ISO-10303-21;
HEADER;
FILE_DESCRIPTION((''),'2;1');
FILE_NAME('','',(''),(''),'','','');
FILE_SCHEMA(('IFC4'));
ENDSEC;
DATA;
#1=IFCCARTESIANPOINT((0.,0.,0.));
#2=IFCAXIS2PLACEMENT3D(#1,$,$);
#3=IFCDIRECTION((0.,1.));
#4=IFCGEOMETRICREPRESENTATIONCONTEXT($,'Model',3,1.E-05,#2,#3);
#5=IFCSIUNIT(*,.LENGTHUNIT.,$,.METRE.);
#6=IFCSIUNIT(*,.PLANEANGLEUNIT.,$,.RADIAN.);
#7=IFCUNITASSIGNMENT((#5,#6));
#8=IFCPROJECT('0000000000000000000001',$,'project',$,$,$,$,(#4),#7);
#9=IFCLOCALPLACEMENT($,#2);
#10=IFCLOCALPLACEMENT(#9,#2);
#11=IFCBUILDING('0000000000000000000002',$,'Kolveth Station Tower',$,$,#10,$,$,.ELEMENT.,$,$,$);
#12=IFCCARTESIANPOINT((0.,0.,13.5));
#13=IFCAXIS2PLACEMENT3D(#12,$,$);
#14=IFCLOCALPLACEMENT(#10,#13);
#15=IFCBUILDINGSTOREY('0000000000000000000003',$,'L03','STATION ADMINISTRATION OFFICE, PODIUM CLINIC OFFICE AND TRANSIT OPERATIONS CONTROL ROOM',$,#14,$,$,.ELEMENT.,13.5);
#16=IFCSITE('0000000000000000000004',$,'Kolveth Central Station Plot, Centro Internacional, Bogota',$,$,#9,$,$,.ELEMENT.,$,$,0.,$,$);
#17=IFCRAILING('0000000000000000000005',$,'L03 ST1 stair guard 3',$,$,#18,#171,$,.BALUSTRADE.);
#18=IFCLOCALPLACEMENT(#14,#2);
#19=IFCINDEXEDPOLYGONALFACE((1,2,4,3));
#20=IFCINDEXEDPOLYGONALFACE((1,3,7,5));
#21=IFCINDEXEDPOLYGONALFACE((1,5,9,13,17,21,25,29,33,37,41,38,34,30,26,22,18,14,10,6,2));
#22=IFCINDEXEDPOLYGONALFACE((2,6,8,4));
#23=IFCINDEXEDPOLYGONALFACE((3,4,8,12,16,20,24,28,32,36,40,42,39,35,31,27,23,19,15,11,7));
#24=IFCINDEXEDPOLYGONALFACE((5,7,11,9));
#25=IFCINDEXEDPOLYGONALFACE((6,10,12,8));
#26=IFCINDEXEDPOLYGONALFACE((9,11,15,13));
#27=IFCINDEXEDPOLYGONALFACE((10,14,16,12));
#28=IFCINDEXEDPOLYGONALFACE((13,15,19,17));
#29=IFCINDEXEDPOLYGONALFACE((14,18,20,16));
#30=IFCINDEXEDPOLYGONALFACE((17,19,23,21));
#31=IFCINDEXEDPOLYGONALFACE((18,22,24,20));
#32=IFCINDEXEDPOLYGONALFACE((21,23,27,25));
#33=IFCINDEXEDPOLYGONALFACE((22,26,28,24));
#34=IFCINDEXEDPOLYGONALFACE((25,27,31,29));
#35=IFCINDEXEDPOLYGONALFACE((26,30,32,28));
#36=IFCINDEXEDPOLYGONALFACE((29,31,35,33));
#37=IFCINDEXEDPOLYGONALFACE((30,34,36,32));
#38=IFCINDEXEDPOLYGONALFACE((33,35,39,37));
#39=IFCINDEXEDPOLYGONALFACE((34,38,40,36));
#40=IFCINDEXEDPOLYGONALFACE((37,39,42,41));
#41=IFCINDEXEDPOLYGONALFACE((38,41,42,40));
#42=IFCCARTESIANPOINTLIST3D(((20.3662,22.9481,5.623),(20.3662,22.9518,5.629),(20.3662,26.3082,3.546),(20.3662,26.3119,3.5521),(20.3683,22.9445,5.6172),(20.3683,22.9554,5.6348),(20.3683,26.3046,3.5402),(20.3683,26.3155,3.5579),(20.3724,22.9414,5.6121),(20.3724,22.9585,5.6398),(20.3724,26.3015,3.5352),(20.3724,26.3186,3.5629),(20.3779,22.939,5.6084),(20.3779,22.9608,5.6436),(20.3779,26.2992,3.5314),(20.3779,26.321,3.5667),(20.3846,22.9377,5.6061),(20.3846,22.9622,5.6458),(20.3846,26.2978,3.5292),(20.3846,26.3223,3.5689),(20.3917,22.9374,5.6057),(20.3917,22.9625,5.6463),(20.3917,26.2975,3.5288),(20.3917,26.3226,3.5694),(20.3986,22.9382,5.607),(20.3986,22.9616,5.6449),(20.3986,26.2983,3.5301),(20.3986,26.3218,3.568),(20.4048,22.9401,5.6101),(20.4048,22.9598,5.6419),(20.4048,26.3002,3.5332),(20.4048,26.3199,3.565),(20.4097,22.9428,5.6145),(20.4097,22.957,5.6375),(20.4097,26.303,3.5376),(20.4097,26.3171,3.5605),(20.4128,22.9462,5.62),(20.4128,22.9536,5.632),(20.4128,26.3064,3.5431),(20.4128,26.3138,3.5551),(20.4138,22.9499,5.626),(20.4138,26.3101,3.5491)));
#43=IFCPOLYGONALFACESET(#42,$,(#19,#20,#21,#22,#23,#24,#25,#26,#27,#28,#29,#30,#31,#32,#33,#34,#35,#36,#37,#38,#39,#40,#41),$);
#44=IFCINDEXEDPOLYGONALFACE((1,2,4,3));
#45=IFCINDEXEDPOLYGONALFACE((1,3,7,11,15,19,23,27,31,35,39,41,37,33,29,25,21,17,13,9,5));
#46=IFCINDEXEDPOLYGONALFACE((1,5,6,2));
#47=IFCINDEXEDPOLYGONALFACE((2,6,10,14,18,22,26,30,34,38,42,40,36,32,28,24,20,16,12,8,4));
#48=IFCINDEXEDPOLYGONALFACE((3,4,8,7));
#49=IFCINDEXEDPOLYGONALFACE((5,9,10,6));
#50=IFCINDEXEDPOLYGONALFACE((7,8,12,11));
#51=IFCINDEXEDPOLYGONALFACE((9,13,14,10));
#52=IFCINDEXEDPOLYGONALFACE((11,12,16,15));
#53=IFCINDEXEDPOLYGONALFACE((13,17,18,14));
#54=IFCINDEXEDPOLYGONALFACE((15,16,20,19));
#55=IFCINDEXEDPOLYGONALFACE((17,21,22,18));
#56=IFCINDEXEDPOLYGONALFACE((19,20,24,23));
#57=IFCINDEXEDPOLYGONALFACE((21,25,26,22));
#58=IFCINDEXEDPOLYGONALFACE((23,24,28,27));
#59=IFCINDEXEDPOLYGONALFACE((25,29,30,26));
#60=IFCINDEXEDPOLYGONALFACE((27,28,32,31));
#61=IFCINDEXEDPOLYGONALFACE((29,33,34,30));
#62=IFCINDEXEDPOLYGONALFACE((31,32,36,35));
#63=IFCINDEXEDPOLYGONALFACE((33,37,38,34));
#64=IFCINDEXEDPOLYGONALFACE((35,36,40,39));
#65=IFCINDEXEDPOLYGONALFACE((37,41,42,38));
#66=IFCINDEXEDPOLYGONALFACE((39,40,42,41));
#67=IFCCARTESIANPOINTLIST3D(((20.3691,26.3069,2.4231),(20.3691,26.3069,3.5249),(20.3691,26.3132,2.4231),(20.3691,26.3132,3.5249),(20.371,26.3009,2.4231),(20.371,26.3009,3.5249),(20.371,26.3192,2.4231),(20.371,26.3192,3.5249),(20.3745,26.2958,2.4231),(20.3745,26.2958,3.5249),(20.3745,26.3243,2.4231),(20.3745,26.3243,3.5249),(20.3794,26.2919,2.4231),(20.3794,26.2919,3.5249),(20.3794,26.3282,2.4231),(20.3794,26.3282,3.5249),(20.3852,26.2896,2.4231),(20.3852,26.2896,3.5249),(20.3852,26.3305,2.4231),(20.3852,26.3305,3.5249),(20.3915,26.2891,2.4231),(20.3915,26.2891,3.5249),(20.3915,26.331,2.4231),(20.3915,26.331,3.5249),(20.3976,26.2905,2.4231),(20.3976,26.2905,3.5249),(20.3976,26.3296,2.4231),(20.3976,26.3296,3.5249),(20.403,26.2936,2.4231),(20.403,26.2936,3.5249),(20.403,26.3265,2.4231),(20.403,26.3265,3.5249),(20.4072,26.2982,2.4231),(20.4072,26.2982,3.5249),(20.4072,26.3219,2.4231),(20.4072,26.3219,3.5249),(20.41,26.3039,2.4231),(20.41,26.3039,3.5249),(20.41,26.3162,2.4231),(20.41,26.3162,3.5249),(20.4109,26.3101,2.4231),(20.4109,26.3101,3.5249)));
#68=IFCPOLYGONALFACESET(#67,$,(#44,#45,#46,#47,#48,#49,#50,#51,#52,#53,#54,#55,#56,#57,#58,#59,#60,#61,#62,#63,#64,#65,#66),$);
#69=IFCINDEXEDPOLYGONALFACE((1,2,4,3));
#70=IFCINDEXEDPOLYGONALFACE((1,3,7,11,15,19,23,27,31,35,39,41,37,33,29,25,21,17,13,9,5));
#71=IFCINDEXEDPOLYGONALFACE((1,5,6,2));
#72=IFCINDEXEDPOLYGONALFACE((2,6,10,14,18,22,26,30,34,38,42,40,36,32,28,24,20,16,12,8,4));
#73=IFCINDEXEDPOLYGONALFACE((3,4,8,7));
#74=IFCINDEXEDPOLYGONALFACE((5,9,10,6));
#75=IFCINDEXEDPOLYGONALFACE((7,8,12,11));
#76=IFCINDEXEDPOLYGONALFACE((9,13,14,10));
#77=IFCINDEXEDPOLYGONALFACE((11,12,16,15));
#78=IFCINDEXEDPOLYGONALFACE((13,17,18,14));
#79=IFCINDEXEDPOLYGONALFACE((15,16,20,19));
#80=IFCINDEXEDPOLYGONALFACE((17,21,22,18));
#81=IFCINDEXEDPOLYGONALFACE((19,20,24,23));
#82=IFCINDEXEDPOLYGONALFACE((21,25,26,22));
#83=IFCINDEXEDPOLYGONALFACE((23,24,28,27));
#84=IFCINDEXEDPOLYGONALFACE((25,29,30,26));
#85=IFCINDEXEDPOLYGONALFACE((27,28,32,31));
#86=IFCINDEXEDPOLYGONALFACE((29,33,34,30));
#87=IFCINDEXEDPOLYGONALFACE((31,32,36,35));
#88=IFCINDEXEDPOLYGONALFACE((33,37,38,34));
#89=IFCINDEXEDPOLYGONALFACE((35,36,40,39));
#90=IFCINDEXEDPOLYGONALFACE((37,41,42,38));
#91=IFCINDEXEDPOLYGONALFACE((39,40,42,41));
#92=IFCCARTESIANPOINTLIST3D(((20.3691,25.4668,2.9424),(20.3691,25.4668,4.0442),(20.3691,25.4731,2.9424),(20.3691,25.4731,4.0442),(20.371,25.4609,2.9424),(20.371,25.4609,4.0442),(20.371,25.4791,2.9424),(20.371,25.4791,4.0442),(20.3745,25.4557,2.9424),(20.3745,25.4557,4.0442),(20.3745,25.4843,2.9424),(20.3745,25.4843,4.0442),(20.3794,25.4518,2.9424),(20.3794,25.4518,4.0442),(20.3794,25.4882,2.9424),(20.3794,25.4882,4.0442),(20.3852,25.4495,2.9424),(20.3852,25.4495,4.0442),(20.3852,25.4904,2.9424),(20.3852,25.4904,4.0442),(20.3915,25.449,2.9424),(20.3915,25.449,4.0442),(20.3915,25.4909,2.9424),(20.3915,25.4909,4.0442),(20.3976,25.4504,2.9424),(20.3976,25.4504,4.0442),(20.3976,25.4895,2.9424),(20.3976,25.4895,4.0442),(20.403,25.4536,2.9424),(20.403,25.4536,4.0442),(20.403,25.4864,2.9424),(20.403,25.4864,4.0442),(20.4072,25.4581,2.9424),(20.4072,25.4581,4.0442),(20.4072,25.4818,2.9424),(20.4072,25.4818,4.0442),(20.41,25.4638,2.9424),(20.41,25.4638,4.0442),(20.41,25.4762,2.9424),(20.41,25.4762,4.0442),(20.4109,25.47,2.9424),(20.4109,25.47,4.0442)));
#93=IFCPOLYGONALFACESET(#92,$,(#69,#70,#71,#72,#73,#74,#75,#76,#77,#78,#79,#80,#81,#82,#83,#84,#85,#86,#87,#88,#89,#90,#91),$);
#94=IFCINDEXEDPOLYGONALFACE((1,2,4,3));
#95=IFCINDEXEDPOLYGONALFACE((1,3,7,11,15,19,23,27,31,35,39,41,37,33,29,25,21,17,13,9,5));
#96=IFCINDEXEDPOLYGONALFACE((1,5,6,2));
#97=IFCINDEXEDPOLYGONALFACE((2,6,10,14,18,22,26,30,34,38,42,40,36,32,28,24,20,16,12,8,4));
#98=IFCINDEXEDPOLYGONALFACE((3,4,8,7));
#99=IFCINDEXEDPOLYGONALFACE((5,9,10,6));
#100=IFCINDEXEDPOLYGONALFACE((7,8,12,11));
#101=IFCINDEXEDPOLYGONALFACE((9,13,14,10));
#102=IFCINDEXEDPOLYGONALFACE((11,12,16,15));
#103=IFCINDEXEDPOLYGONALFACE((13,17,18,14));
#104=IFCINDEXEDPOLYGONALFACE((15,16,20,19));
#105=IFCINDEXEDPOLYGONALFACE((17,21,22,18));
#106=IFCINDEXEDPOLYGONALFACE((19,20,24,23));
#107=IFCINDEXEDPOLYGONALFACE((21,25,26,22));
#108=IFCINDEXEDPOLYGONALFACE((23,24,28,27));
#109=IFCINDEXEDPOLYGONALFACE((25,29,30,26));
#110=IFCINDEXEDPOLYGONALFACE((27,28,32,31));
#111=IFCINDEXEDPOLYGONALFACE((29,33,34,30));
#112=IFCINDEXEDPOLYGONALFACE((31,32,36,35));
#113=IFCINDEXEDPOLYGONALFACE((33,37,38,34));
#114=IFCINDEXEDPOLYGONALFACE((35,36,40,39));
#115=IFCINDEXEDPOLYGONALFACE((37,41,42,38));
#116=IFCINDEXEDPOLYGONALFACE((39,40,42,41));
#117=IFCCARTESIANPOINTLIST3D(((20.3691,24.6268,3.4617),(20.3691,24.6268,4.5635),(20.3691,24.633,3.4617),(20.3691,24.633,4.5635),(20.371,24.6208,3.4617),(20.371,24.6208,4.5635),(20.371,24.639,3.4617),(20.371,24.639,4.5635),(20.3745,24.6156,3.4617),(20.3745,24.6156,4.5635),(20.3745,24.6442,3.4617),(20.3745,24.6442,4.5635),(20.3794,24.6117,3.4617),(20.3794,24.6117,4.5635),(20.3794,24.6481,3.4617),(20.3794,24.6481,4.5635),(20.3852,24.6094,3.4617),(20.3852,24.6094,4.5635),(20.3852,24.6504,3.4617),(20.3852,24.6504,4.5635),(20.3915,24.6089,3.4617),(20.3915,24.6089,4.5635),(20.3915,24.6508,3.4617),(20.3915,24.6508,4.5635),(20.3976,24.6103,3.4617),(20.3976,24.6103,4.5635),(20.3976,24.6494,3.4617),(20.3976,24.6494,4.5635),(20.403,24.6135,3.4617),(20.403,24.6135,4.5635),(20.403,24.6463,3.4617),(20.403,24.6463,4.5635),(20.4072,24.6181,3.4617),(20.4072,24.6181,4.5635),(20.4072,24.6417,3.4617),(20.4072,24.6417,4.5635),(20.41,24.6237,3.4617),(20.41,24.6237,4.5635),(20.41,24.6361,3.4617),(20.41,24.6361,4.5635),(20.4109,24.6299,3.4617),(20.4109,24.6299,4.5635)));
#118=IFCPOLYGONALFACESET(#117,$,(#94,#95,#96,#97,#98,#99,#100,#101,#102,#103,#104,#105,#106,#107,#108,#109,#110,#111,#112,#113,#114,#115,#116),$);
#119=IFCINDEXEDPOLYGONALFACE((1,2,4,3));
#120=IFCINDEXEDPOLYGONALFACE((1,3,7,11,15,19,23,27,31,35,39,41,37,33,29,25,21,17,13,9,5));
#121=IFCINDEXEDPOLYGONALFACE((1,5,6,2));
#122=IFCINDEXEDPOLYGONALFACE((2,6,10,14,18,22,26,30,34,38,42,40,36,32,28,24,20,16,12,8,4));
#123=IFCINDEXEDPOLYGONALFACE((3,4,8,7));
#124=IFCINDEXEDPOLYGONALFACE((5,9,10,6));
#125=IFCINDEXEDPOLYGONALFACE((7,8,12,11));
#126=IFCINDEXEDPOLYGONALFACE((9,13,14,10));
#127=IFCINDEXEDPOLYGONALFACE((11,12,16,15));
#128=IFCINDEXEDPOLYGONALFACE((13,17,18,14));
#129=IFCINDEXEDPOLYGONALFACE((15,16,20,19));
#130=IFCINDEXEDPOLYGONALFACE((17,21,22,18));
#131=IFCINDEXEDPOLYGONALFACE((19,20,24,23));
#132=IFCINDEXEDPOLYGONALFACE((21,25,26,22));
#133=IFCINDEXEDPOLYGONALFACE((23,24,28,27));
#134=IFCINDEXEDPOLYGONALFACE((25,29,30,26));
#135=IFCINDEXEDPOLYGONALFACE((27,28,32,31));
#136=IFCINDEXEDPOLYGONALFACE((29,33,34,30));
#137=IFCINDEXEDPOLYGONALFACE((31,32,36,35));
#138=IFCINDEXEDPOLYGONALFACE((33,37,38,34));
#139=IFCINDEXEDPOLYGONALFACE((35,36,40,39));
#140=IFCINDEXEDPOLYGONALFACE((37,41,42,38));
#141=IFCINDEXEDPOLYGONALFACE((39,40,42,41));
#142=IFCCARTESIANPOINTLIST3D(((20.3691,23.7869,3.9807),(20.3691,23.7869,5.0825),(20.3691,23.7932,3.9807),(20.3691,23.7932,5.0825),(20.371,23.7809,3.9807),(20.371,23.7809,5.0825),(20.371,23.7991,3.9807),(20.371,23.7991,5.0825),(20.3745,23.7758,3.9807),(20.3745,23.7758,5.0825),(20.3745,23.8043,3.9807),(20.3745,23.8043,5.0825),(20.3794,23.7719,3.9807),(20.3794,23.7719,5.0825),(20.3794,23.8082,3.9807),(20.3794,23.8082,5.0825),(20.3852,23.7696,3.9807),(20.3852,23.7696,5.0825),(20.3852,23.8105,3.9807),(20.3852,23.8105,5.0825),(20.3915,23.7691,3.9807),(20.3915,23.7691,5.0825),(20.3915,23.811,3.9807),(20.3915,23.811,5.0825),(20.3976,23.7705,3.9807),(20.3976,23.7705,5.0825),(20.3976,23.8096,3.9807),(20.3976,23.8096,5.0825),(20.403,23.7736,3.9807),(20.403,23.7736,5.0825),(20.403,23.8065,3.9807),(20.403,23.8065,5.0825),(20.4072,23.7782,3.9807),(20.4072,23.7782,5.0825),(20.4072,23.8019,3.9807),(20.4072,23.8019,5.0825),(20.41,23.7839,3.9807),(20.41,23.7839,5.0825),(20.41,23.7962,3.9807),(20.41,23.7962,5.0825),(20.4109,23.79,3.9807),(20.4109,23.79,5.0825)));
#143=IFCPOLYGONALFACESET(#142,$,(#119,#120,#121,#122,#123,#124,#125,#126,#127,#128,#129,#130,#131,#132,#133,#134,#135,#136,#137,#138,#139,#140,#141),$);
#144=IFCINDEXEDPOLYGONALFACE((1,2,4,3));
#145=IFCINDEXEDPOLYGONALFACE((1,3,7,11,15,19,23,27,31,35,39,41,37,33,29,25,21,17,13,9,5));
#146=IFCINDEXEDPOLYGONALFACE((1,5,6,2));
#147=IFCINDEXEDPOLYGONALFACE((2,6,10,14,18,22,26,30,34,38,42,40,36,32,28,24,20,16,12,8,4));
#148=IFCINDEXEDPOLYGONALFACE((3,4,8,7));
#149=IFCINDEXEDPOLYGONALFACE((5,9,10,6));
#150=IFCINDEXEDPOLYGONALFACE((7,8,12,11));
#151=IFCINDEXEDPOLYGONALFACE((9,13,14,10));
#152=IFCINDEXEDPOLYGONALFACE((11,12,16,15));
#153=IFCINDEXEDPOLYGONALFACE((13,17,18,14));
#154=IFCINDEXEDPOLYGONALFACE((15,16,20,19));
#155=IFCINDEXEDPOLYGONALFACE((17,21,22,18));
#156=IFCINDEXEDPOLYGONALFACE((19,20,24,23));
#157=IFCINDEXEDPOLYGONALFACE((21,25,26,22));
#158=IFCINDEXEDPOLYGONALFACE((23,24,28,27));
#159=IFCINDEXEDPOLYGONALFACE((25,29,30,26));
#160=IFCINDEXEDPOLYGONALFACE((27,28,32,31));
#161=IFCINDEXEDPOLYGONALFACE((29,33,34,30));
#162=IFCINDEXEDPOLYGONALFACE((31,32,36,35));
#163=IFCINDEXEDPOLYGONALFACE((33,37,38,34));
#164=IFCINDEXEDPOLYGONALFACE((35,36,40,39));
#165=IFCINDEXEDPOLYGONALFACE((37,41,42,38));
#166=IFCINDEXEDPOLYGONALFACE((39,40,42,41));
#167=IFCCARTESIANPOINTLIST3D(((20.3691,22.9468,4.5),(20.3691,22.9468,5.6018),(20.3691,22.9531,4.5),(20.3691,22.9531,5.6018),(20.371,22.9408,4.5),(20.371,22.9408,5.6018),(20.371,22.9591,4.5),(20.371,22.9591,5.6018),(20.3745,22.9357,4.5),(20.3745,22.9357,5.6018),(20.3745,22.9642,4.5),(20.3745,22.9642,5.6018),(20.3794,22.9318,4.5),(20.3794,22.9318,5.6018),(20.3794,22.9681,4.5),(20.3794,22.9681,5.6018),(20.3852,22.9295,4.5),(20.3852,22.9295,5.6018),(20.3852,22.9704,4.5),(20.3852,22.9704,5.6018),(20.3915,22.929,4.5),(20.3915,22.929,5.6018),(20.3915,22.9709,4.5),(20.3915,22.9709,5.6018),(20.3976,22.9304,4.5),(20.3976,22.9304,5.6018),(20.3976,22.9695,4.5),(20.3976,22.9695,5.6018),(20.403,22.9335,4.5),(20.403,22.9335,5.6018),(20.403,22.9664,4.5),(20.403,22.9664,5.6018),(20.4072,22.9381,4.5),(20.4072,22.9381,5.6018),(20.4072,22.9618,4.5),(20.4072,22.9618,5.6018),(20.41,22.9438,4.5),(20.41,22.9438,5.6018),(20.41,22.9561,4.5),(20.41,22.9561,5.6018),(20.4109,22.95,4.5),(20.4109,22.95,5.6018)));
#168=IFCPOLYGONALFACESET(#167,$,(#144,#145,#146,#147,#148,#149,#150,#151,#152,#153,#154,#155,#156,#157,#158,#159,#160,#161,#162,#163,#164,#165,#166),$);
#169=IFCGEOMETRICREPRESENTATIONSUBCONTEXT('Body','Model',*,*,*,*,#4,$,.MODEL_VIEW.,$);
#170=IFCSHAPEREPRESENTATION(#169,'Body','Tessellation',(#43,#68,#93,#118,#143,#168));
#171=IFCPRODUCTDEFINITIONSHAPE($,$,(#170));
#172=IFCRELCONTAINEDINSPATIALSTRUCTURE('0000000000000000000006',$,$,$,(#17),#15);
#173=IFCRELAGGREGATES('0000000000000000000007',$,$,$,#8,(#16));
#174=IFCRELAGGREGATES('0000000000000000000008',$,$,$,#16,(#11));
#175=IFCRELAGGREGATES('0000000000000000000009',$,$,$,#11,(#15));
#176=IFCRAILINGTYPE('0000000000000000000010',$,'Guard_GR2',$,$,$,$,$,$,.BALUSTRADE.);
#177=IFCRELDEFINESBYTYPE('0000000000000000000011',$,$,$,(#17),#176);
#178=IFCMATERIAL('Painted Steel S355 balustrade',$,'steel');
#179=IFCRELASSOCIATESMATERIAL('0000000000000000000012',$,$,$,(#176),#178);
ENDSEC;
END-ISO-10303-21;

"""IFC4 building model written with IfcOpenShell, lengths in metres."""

from ifc_helpers import new_model, si_unit, direction, frame, origin, origin_2d, place, context, subcontext, project, spatial, circle, extrude, material, type_object, element, save


model = new_model("IFC4")

# Units and contexts
model_context = context("Model", 3, precision=1e-05, world=origin(), true_north=direction((0.0, 1.0)))
body_context = subcontext(model_context, "Body", "Model", "MODEL_VIEW")
ifc_project = project(units=[si_unit("LENGTHUNIT", "METRE"), si_unit("PLANEANGLEUNIT", "RADIAN")], contexts=[model_context])

# Site, building, storey
site_placement = place(None, origin())
site = spatial("IfcSite", under=ifc_project, at=site_placement, Name="Kolveth Central Station Plot, Centro Internacional, Bogota", CompositionType="ELEMENT", RefElevation=0.0)
building_placement = place(site_placement, origin())
building = spatial("IfcBuilding", under=site, at=building_placement, Name="Kolveth Station Tower", CompositionType="ELEMENT")
storey_placement = place(building_placement, frame((0.0, 0.0, 13.5)))
storey = spatial("IfcBuildingStorey", under=building, at=storey_placement, Name="L03", Description="STATION ADMINISTRATION OFFICE, PODIUM CLINIC OFFICE AND TRANSIT OPERATIONS CONTROL ROOM", CompositionType="ELEMENT", Elevation=13.5)

# Railing
ifc_material_1 = material(Name="Painted Steel S355 balustrade", Category="steel")
railing_type_1 = type_object("IfcRailingType", Name="Guard_GR2", PredefinedType="BALUSTRADE", material=ifc_material_1)
railing_1_placement = place(storey_placement, frame((20.3899, 26.3101, 2.4231)))
element("IfcRailing", 1, at=railing_1_placement, inside=storey, type_object=railing_type_1, Name="L03 ST1 stair guard 3", PredefinedType="BALUSTRADE", context=body_context, shape_type="SweptSolid", body=[
    extrude(circle(Radius=0.0239, at=origin_2d()), frame((0.0, 0.0, 1.126), z_axis=(0.0, -0.850623, 0.525776), x_axis=(1.0, 0.0, 0.0)), (0.0, 0.0, 1.0), 3.9502),
    extrude(circle(Radius=0.021, at=origin_2d()), origin(), (0.0, 0.0, 1.0), 1.1018),
    extrude(circle(Radius=0.021, at=origin_2d()), frame((0.0, -0.8401, 0.5193)), (0.0, 0.0, 1.0), 1.1018),
    extrude(circle(Radius=0.021, at=origin_2d()), frame((0.0, -1.6802, 1.0386)), (0.0, 0.0, 1.0), 1.1018),
    extrude(circle(Radius=0.021, at=origin_2d()), frame((0.0, -2.52, 1.5576)), (0.0, 0.0, 1.0), 1.1018),
    extrude(circle(Radius=0.021, at=origin_2d()), frame((0.0, -3.3601, 2.0769)), (0.0, 0.0, 1.0), 1.1018),
])

save(model, "model.ifc")
